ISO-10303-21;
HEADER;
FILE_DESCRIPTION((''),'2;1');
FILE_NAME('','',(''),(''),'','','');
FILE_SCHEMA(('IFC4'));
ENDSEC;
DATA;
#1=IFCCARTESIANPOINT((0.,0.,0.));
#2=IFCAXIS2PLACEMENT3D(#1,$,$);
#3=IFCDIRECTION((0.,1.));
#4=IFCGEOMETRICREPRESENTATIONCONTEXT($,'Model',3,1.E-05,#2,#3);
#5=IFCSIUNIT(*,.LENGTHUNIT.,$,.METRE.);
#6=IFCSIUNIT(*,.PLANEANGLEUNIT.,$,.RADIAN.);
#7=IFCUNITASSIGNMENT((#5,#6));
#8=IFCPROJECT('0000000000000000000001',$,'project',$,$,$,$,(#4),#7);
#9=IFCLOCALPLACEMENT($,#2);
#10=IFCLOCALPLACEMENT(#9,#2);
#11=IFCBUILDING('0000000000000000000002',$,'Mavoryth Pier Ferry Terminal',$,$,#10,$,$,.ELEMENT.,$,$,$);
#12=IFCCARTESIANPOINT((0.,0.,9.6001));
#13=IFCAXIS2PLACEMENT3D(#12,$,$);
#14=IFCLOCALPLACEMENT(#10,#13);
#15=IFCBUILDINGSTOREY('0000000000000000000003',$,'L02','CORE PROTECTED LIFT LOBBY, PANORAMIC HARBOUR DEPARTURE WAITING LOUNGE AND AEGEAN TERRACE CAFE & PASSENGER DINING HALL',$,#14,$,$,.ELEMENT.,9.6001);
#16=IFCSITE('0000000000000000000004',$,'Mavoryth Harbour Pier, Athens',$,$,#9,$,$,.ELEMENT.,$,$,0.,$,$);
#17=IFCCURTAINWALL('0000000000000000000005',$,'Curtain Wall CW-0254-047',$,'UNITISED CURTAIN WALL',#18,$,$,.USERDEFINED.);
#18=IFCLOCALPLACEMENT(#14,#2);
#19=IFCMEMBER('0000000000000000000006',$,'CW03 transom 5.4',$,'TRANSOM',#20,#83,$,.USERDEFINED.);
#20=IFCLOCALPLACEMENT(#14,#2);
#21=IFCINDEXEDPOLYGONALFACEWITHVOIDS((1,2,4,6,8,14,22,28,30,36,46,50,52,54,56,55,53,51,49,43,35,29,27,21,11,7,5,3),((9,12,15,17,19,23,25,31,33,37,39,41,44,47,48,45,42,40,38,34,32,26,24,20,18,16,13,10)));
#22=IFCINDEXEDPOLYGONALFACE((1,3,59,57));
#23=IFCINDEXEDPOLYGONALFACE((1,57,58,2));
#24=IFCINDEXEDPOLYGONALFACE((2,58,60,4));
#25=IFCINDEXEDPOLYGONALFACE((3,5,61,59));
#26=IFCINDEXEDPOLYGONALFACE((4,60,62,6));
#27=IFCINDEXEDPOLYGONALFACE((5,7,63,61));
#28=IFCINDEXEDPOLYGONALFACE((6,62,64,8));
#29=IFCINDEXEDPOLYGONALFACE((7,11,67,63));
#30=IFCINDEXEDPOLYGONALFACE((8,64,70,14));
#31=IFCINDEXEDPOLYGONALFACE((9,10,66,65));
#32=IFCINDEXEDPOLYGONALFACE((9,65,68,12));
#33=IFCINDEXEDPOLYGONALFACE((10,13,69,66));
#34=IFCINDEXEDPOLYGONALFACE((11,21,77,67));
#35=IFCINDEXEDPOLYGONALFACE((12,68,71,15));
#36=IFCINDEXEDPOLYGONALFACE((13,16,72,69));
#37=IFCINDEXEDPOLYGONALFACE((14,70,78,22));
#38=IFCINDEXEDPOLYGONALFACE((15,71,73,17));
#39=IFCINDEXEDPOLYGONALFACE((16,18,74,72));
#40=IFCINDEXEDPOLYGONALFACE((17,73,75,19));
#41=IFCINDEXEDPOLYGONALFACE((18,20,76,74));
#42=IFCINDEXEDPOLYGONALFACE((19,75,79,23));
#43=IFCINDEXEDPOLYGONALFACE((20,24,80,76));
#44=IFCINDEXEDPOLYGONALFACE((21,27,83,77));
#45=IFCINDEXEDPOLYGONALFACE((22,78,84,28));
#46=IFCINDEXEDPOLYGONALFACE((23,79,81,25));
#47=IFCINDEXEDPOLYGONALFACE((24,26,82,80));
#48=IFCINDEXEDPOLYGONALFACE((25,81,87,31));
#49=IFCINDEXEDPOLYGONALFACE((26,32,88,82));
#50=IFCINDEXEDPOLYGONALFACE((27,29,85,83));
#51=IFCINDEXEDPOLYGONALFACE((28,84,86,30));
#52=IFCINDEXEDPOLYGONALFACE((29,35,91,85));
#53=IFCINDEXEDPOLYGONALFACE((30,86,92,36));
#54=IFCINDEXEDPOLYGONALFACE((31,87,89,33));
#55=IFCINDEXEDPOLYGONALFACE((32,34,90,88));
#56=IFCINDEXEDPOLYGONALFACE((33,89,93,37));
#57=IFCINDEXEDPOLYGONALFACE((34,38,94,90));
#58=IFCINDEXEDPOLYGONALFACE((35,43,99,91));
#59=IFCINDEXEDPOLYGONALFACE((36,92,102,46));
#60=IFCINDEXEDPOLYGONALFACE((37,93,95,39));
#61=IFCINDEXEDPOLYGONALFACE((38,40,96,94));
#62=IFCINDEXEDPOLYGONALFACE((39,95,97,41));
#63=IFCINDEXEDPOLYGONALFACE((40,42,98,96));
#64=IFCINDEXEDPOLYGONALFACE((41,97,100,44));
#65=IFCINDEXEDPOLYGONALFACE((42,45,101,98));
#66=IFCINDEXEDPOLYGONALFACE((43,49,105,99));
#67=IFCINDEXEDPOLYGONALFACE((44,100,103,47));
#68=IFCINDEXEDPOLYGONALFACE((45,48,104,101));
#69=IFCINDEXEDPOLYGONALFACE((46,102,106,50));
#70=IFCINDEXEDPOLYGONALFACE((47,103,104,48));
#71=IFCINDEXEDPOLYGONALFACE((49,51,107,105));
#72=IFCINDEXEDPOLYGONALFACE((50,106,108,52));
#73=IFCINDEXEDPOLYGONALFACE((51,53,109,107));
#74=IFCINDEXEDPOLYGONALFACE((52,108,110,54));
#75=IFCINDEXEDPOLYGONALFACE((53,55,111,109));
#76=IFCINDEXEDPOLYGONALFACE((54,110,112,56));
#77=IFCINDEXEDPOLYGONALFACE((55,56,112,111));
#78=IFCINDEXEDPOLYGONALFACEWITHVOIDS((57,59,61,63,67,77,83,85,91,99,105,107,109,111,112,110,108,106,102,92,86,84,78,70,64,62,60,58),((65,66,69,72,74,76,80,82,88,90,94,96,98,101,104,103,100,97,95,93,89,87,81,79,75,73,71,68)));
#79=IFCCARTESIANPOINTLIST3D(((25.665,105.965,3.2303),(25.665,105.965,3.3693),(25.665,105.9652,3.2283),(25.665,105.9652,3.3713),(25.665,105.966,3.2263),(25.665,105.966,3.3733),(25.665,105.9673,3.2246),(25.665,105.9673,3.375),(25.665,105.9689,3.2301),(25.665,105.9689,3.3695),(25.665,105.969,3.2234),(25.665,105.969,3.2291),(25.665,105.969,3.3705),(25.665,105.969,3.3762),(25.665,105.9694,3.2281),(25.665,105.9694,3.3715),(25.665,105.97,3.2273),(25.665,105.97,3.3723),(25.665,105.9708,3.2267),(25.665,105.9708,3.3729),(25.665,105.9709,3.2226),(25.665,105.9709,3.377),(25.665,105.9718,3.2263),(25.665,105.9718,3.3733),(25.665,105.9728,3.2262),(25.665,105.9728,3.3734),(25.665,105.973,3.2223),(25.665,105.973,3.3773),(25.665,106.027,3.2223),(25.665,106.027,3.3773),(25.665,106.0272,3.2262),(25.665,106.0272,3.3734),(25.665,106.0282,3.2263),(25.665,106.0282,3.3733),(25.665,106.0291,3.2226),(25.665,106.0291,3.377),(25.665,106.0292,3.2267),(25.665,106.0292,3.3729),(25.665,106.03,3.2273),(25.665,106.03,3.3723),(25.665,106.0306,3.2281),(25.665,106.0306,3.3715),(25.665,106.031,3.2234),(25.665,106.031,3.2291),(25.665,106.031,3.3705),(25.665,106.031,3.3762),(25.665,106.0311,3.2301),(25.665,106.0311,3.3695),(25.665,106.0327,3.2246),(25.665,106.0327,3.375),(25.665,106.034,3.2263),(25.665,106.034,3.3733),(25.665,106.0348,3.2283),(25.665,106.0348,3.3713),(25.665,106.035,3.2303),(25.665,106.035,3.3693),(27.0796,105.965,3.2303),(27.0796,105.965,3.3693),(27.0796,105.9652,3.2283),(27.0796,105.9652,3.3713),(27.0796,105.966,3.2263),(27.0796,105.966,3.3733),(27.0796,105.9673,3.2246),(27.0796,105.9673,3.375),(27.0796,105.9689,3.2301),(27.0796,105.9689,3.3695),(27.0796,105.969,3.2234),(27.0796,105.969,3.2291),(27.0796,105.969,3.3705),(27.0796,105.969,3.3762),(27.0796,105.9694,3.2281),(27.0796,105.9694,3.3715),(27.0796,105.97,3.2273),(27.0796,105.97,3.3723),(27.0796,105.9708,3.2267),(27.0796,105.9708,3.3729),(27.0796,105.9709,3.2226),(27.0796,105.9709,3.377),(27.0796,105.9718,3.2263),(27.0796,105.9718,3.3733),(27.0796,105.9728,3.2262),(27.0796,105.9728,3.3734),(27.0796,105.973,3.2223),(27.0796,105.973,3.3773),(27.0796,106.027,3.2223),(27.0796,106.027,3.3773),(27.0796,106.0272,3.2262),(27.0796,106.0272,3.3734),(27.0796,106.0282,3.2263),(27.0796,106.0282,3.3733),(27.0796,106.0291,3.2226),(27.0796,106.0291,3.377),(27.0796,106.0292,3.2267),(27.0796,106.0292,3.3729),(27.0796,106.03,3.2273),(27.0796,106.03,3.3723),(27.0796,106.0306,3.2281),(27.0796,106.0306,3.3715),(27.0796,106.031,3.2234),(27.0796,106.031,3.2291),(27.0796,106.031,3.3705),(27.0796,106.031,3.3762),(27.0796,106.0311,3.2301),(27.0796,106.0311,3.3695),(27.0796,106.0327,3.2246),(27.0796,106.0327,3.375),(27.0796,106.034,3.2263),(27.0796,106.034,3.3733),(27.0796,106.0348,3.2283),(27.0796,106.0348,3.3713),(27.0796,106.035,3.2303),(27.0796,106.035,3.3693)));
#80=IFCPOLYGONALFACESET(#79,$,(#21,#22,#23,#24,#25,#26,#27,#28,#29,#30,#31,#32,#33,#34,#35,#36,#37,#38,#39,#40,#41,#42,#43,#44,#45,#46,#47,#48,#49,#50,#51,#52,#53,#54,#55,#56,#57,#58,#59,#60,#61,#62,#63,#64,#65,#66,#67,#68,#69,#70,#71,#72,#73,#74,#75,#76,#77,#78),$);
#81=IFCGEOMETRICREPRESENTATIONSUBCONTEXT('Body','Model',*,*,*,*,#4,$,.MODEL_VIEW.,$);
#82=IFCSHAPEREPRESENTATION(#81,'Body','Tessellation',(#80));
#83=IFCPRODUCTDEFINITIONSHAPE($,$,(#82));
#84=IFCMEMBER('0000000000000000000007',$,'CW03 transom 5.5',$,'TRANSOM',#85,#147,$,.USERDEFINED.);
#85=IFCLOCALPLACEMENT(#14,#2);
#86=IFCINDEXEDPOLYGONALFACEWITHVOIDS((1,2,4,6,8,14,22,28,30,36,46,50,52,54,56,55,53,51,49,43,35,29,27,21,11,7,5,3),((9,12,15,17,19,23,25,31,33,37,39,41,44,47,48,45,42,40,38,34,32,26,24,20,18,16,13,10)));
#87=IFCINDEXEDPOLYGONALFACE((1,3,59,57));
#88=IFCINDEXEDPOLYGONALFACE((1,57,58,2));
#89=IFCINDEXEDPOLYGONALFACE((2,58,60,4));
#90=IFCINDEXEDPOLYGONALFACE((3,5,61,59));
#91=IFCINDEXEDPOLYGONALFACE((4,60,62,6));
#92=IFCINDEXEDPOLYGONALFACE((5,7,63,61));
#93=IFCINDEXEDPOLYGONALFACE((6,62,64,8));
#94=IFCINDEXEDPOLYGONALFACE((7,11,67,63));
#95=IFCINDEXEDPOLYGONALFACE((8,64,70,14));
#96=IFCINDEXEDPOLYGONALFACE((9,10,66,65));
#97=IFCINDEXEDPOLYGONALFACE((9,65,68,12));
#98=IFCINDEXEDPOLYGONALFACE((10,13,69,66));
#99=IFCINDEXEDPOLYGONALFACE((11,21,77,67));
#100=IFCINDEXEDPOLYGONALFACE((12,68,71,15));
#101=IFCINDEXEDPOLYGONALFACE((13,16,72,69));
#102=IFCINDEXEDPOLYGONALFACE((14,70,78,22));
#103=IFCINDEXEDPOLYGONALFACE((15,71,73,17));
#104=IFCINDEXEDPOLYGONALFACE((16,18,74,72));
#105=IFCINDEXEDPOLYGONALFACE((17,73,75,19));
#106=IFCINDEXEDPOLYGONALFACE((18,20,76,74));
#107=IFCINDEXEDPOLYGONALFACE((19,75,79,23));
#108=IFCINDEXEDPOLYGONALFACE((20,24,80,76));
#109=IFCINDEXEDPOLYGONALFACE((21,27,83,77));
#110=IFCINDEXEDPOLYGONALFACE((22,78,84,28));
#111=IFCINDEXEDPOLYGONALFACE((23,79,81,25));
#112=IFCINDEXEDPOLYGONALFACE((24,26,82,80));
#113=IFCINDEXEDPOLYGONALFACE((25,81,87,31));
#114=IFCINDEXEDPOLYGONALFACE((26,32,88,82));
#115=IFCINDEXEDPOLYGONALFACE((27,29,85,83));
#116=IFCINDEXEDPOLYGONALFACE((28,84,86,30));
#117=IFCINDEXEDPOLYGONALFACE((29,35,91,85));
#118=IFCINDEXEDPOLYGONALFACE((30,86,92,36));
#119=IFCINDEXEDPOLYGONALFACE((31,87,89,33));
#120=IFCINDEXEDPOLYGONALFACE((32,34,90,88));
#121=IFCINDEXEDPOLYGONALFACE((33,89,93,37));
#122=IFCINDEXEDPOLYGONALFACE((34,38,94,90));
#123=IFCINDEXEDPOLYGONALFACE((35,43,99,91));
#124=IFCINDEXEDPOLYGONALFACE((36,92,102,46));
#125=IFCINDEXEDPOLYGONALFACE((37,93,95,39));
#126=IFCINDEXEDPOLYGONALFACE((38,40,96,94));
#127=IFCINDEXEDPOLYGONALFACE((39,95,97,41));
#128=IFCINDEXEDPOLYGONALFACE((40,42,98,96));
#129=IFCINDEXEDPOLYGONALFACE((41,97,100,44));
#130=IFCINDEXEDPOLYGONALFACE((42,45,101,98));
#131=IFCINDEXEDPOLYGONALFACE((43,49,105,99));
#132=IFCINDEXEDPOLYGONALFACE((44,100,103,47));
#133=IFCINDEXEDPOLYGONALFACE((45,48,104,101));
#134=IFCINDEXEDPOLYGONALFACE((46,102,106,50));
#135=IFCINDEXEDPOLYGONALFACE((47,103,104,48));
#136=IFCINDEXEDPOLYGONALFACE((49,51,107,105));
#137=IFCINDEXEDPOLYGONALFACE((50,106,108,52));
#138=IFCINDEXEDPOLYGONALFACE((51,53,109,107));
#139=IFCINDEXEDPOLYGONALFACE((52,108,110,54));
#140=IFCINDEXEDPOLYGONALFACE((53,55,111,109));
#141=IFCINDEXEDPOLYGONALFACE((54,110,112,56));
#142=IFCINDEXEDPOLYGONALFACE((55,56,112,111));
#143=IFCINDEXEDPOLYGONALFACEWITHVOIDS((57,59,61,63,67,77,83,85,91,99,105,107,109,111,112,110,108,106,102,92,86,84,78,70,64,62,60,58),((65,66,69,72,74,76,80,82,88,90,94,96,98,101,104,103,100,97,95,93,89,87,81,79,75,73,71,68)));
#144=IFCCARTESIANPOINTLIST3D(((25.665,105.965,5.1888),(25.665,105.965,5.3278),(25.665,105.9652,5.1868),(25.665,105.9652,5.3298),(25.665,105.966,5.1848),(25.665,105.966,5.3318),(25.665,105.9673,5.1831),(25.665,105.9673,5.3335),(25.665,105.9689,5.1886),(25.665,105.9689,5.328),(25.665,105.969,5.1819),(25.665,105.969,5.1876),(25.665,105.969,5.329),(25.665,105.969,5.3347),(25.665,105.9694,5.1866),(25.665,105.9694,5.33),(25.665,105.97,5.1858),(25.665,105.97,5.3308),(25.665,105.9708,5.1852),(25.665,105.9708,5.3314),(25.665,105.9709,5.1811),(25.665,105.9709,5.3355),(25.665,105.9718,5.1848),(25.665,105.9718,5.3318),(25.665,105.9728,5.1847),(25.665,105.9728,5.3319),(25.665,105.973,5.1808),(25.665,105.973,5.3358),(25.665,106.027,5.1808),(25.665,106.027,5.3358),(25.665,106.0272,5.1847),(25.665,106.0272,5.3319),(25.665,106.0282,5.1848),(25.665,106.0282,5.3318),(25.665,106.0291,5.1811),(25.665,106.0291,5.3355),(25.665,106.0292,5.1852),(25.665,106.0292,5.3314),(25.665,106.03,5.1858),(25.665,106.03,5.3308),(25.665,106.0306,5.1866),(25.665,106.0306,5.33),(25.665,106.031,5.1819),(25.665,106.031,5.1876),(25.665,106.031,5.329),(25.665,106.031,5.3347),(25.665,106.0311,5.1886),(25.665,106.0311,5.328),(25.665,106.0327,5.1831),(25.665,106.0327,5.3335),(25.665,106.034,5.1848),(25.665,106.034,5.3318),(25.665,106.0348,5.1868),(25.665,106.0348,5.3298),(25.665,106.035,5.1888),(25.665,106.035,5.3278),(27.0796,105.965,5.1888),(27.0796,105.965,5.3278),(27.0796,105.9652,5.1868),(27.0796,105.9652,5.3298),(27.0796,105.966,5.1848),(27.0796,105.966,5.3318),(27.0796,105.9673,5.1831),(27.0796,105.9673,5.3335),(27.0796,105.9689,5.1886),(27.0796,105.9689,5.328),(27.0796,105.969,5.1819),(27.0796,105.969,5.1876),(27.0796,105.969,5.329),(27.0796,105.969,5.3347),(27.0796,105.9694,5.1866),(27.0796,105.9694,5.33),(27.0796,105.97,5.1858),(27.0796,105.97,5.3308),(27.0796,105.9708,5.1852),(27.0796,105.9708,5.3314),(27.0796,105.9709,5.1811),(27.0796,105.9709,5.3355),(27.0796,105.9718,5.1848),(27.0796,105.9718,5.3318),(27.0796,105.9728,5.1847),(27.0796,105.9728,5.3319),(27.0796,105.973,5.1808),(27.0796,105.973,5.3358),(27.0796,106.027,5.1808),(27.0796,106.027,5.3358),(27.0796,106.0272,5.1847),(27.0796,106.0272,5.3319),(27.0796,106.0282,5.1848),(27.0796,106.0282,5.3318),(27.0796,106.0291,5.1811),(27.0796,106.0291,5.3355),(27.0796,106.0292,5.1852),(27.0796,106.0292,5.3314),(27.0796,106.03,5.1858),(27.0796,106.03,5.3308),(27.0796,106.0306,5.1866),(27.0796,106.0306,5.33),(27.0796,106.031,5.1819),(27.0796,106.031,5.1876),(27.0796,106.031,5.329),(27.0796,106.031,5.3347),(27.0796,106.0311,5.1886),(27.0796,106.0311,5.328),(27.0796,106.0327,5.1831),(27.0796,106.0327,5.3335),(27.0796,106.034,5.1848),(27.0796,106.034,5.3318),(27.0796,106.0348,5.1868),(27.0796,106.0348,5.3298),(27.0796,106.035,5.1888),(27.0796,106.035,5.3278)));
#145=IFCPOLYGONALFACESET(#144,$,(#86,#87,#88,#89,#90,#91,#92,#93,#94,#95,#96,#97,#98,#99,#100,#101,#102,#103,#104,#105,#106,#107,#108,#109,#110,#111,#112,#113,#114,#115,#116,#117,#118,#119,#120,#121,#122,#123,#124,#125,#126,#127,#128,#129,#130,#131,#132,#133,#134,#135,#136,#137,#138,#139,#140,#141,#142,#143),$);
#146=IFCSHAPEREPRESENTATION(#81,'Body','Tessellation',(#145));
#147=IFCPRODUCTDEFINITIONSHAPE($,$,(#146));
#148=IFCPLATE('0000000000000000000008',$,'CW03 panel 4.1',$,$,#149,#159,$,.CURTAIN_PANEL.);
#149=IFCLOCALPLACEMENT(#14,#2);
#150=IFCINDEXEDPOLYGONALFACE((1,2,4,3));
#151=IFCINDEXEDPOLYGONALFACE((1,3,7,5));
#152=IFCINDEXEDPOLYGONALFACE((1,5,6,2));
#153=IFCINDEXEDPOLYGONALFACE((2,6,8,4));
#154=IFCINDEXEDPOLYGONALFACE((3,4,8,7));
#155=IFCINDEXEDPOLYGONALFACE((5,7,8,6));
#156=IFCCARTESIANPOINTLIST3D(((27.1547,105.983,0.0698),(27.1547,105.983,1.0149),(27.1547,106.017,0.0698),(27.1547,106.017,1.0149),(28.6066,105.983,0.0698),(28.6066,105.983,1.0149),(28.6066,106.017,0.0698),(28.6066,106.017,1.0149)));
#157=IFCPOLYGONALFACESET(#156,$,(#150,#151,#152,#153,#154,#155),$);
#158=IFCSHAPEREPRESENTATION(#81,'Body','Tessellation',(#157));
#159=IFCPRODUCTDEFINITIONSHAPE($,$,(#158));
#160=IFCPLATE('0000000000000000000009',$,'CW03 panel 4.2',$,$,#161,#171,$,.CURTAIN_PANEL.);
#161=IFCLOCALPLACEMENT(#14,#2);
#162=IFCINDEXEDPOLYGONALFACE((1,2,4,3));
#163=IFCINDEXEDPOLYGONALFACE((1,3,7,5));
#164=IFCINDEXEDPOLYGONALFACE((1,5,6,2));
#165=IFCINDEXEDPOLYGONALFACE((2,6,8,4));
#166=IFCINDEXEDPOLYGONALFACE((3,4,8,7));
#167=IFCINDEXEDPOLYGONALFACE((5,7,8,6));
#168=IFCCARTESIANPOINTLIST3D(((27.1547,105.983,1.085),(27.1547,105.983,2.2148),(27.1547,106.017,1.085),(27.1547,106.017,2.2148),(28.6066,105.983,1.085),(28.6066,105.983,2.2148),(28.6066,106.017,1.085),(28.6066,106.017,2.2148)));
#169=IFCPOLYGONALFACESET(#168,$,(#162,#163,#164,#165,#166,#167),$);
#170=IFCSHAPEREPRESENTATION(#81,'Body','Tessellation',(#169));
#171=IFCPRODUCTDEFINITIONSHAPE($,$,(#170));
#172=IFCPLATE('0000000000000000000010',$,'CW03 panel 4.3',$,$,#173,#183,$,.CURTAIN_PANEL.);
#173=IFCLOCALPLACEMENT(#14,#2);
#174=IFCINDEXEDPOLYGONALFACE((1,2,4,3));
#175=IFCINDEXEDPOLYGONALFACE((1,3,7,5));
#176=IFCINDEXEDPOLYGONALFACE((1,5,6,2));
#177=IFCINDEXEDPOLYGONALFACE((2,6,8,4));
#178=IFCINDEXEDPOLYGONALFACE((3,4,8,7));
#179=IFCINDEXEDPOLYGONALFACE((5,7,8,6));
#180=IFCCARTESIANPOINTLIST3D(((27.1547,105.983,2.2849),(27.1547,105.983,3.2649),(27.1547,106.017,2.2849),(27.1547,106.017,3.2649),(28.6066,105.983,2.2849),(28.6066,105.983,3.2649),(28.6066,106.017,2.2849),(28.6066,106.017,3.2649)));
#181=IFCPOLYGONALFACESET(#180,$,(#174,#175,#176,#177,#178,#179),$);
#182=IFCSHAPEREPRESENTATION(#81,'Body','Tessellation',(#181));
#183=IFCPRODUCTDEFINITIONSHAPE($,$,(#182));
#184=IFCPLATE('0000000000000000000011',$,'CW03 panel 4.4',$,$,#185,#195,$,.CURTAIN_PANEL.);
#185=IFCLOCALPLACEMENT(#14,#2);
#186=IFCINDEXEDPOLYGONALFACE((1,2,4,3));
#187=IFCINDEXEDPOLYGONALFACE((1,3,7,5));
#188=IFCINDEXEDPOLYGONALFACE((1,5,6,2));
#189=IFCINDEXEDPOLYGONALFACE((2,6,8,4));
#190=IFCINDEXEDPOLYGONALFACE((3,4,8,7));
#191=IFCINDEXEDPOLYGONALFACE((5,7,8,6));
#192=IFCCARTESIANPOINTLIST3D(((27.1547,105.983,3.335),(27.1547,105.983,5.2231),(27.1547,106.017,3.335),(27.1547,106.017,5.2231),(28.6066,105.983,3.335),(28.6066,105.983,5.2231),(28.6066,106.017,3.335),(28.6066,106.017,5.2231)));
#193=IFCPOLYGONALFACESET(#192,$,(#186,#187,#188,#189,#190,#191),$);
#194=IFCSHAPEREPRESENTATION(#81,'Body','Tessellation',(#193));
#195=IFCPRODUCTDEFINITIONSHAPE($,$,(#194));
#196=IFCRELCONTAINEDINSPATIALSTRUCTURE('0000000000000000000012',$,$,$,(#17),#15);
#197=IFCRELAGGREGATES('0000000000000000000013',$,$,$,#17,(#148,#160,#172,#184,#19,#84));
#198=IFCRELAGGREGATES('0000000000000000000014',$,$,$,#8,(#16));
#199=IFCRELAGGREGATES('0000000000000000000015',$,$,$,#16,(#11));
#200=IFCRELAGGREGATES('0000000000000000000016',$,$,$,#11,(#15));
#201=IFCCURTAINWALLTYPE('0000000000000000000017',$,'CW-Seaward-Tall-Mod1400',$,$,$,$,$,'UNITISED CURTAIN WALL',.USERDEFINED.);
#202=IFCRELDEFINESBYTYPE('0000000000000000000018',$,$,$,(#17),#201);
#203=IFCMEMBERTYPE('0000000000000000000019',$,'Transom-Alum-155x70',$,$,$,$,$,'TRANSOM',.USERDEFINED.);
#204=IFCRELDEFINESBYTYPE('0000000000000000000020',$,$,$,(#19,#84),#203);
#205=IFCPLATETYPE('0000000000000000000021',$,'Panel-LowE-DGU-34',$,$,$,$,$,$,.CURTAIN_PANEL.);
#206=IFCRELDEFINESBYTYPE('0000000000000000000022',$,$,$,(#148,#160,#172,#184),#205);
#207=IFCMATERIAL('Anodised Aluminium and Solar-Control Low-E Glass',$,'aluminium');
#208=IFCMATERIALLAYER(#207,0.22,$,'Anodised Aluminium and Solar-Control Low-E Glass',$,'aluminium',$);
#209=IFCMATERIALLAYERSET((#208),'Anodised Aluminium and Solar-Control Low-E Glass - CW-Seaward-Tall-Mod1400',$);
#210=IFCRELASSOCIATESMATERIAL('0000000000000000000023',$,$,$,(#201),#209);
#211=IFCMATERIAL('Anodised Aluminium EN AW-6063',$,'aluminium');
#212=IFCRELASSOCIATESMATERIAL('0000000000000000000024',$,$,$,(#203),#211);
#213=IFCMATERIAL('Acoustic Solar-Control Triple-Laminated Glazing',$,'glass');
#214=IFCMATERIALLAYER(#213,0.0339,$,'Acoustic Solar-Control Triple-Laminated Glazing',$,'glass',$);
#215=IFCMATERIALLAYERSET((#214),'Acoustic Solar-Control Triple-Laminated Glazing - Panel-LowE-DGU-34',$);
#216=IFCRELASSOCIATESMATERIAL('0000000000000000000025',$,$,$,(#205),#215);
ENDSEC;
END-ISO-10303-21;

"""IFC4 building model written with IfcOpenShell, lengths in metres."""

from ifc_helpers import new_model, si_unit, direction, frame, origin, origin_2d, place, context, subcontext, project, spatial, rectangle, hollow_rectangle, extrude, material, layer, layer_set, material_profile, profile_set, type_object, element, aggregate, save


model = new_model("IFC4")

# Units and contexts
model_context = context("Model", 3, precision=1e-05, world=origin(), true_north=direction((0.0, 1.0)))
body_context = subcontext(model_context, "Body", "Model", "MODEL_VIEW")
ifc_project = project(units=[si_unit("LENGTHUNIT", "METRE"), si_unit("PLANEANGLEUNIT", "RADIAN")], contexts=[model_context])

# Site, building, storey
site_placement = place(None, origin())
site = spatial("IfcSite", under=ifc_project, at=site_placement, Name="Mavoryth Harbour Pier, Athens", CompositionType="ELEMENT", RefElevation=0.0)
building_placement = place(site_placement, origin())
building = spatial("IfcBuilding", under=site, at=building_placement, Name="Mavoryth Pier Ferry Terminal", CompositionType="ELEMENT")
storey_placement = place(building_placement, frame((0.0, 0.0, 9.6001)))
storey = spatial("IfcBuildingStorey", under=building, at=storey_placement, Name="L02", Description="CORE PROTECTED LIFT LOBBY, PANORAMIC HARBOUR DEPARTURE WAITING LOUNGE AND AEGEAN TERRACE CAFE & PASSENGER DINING HALL", CompositionType="ELEMENT", Elevation=9.6001)

# Curtain wall
ifc_material_1 = material(Name="Anodised Aluminium and Solar-Control Low-E Glass", Category="aluminium")
ifc_layer_1 = layer(ifc_material_1, 0.22, Name="Anodised Aluminium and Solar-Control Low-E Glass", Category="aluminium")
ifc_layer_set_1 = layer_set([ifc_layer_1], Name="Anodised Aluminium and Solar-Control Low-E Glass - CW-Seaward-Tall-Mod1400")
curtain_wall_type = type_object("IfcCurtainWallType", Name="CW-Seaward-Tall-Mod1400", ElementType="UNITISED CURTAIN WALL", PredefinedType="USERDEFINED", material=ifc_layer_set_1)
curtain_wall_placement = place(storey_placement, origin())
curtain_wall = element("IfcCurtainWall", 1, at=curtain_wall_placement, inside=storey, type_object=curtain_wall_type, Name="Curtain Wall CW-0254-047", ObjectType="UNITISED CURTAIN WALL", PredefinedType="USERDEFINED")
ifc_material_2 = material(Name="Anodised Aluminium EN AW-6063", Category="aluminium")

# Members
ifc_material_profile_1 = material_profile(ifc_material_2, hollow_rectangle(XDim=0.0701, YDim=0.155, WallThickness=0.0039, InnerFilletRadius=0.0039, OuterFilletRadius=0.0081, at=origin_2d()), Name="AL-TRAN 155x70x4", Category="aluminium")
ifc_profile_set_1 = profile_set([ifc_material_profile_1], Name="Anodised Aluminium EN AW-6063 - AL-TRAN 155x70x4")
member_type_1 = type_object("IfcMemberType", Name="Transom-Alum-155x70", ElementType="TRANSOM", PredefinedType="USERDEFINED", material=ifc_profile_set_1)
member_1_placement = place(storey_placement, frame((27.0796, 106.0, 3.2998), z_axis=(-1.0, 0.0, 0.0), x_axis=(0.0, -1.0, 0.0)))
member_1 = element("IfcMember", 2, at=member_1_placement, type_object=member_type_1, Name="CW03 transom 5.4", ObjectType="TRANSOM", PredefinedType="USERDEFINED", context=body_context, shape_type="SweptSolid", body=[
    extrude(hollow_rectangle(XDim=0.0701, YDim=0.155, WallThickness=0.0039, InnerFilletRadius=0.0039, OuterFilletRadius=0.0081, at=origin_2d()), origin(), (0.0, 0.0, 1.0), 1.4146),
])
member_2_placement = place(storey_placement, frame((27.0796, 106.0, 5.2583), z_axis=(-1.0, 0.0, 0.0), x_axis=(0.0, -1.0, 0.0)))
member_2 = element("IfcMember", 3, at=member_2_placement, type_object=member_type_1, Name="CW03 transom 5.5", ObjectType="TRANSOM", PredefinedType="USERDEFINED", context=body_context, shape_type="SweptSolid", body=[
    extrude(hollow_rectangle(XDim=0.0701, YDim=0.155, WallThickness=0.0039, InnerFilletRadius=0.0039, OuterFilletRadius=0.0081, at=origin_2d()), origin(), (0.0, 0.0, 1.0), 1.4146),
])

# Plates
ifc_material_3 = material(Name="Acoustic Solar-Control Triple-Laminated Glazing", Category="glass")
ifc_layer_2 = layer(ifc_material_3, 0.0339, Name="Acoustic Solar-Control Triple-Laminated Glazing", Category="glass")
ifc_layer_set_2 = layer_set([ifc_layer_2], Name="Acoustic Solar-Control Triple-Laminated Glazing - Panel-LowE-DGU-34")
plate_type_1 = type_object("IfcPlateType", Name="Panel-LowE-DGU-34", PredefinedType="CURTAIN_PANEL", material=ifc_layer_set_2)
plate_1_placement = place(storey_placement, frame((27.8806, 106.0, 0.0698), z_axis=(0.0, 0.0, 1.0), x_axis=(-1.0, 0.0, 0.0)))
plate_1 = element("IfcPlate", 4, at=plate_1_placement, type_object=plate_type_1, Name="CW03 panel 4.1", PredefinedType="CURTAIN_PANEL", context=body_context, shape_type="SweptSolid", body=[
    extrude(rectangle(XDim=1.4519, YDim=0.0339, at=origin_2d()), origin(), (0.0, 0.0, 1.0), 0.9451),
])
plate_2_placement = place(storey_placement, frame((27.8806, 106.0, 1.085), z_axis=(0.0, 0.0, 1.0), x_axis=(-1.0, 0.0, 0.0)))
plate_2 = element("IfcPlate", 5, at=plate_2_placement, type_object=plate_type_1, Name="CW03 panel 4.2", PredefinedType="CURTAIN_PANEL", context=body_context, shape_type="SweptSolid", body=[
    extrude(rectangle(XDim=1.4519, YDim=0.0339, at=origin_2d()), origin(), (0.0, 0.0, 1.0), 1.1299),
])
plate_3_placement = place(storey_placement, frame((27.8806, 106.0, 2.2849), z_axis=(0.0, 0.0, 1.0), x_axis=(-1.0, 0.0, 0.0)))
plate_3 = element("IfcPlate", 6, at=plate_3_placement, type_object=plate_type_1, Name="CW03 panel 4.3", PredefinedType="CURTAIN_PANEL", context=body_context, shape_type="SweptSolid", body=[
    extrude(rectangle(XDim=1.4519, YDim=0.0339, at=origin_2d()), origin(), (0.0, 0.0, 1.0), 0.98),
])
plate_4_placement = place(storey_placement, frame((27.8806, 106.0, 3.335), z_axis=(0.0, 0.0, 1.0), x_axis=(-1.0, 0.0, 0.0)))
plate_4 = element("IfcPlate", 7, at=plate_4_placement, type_object=plate_type_1, Name="CW03 panel 4.4", PredefinedType="CURTAIN_PANEL", context=body_context, shape_type="SweptSolid", body=[
    extrude(rectangle(XDim=1.4519, YDim=0.0339, at=origin_2d()), origin(), (0.0, 0.0, 1.0), 1.8882),
])
aggregate(curtain_wall, [plate_1, plate_2, plate_3, plate_4, member_1, member_2])

save(model, "model.ifc")
